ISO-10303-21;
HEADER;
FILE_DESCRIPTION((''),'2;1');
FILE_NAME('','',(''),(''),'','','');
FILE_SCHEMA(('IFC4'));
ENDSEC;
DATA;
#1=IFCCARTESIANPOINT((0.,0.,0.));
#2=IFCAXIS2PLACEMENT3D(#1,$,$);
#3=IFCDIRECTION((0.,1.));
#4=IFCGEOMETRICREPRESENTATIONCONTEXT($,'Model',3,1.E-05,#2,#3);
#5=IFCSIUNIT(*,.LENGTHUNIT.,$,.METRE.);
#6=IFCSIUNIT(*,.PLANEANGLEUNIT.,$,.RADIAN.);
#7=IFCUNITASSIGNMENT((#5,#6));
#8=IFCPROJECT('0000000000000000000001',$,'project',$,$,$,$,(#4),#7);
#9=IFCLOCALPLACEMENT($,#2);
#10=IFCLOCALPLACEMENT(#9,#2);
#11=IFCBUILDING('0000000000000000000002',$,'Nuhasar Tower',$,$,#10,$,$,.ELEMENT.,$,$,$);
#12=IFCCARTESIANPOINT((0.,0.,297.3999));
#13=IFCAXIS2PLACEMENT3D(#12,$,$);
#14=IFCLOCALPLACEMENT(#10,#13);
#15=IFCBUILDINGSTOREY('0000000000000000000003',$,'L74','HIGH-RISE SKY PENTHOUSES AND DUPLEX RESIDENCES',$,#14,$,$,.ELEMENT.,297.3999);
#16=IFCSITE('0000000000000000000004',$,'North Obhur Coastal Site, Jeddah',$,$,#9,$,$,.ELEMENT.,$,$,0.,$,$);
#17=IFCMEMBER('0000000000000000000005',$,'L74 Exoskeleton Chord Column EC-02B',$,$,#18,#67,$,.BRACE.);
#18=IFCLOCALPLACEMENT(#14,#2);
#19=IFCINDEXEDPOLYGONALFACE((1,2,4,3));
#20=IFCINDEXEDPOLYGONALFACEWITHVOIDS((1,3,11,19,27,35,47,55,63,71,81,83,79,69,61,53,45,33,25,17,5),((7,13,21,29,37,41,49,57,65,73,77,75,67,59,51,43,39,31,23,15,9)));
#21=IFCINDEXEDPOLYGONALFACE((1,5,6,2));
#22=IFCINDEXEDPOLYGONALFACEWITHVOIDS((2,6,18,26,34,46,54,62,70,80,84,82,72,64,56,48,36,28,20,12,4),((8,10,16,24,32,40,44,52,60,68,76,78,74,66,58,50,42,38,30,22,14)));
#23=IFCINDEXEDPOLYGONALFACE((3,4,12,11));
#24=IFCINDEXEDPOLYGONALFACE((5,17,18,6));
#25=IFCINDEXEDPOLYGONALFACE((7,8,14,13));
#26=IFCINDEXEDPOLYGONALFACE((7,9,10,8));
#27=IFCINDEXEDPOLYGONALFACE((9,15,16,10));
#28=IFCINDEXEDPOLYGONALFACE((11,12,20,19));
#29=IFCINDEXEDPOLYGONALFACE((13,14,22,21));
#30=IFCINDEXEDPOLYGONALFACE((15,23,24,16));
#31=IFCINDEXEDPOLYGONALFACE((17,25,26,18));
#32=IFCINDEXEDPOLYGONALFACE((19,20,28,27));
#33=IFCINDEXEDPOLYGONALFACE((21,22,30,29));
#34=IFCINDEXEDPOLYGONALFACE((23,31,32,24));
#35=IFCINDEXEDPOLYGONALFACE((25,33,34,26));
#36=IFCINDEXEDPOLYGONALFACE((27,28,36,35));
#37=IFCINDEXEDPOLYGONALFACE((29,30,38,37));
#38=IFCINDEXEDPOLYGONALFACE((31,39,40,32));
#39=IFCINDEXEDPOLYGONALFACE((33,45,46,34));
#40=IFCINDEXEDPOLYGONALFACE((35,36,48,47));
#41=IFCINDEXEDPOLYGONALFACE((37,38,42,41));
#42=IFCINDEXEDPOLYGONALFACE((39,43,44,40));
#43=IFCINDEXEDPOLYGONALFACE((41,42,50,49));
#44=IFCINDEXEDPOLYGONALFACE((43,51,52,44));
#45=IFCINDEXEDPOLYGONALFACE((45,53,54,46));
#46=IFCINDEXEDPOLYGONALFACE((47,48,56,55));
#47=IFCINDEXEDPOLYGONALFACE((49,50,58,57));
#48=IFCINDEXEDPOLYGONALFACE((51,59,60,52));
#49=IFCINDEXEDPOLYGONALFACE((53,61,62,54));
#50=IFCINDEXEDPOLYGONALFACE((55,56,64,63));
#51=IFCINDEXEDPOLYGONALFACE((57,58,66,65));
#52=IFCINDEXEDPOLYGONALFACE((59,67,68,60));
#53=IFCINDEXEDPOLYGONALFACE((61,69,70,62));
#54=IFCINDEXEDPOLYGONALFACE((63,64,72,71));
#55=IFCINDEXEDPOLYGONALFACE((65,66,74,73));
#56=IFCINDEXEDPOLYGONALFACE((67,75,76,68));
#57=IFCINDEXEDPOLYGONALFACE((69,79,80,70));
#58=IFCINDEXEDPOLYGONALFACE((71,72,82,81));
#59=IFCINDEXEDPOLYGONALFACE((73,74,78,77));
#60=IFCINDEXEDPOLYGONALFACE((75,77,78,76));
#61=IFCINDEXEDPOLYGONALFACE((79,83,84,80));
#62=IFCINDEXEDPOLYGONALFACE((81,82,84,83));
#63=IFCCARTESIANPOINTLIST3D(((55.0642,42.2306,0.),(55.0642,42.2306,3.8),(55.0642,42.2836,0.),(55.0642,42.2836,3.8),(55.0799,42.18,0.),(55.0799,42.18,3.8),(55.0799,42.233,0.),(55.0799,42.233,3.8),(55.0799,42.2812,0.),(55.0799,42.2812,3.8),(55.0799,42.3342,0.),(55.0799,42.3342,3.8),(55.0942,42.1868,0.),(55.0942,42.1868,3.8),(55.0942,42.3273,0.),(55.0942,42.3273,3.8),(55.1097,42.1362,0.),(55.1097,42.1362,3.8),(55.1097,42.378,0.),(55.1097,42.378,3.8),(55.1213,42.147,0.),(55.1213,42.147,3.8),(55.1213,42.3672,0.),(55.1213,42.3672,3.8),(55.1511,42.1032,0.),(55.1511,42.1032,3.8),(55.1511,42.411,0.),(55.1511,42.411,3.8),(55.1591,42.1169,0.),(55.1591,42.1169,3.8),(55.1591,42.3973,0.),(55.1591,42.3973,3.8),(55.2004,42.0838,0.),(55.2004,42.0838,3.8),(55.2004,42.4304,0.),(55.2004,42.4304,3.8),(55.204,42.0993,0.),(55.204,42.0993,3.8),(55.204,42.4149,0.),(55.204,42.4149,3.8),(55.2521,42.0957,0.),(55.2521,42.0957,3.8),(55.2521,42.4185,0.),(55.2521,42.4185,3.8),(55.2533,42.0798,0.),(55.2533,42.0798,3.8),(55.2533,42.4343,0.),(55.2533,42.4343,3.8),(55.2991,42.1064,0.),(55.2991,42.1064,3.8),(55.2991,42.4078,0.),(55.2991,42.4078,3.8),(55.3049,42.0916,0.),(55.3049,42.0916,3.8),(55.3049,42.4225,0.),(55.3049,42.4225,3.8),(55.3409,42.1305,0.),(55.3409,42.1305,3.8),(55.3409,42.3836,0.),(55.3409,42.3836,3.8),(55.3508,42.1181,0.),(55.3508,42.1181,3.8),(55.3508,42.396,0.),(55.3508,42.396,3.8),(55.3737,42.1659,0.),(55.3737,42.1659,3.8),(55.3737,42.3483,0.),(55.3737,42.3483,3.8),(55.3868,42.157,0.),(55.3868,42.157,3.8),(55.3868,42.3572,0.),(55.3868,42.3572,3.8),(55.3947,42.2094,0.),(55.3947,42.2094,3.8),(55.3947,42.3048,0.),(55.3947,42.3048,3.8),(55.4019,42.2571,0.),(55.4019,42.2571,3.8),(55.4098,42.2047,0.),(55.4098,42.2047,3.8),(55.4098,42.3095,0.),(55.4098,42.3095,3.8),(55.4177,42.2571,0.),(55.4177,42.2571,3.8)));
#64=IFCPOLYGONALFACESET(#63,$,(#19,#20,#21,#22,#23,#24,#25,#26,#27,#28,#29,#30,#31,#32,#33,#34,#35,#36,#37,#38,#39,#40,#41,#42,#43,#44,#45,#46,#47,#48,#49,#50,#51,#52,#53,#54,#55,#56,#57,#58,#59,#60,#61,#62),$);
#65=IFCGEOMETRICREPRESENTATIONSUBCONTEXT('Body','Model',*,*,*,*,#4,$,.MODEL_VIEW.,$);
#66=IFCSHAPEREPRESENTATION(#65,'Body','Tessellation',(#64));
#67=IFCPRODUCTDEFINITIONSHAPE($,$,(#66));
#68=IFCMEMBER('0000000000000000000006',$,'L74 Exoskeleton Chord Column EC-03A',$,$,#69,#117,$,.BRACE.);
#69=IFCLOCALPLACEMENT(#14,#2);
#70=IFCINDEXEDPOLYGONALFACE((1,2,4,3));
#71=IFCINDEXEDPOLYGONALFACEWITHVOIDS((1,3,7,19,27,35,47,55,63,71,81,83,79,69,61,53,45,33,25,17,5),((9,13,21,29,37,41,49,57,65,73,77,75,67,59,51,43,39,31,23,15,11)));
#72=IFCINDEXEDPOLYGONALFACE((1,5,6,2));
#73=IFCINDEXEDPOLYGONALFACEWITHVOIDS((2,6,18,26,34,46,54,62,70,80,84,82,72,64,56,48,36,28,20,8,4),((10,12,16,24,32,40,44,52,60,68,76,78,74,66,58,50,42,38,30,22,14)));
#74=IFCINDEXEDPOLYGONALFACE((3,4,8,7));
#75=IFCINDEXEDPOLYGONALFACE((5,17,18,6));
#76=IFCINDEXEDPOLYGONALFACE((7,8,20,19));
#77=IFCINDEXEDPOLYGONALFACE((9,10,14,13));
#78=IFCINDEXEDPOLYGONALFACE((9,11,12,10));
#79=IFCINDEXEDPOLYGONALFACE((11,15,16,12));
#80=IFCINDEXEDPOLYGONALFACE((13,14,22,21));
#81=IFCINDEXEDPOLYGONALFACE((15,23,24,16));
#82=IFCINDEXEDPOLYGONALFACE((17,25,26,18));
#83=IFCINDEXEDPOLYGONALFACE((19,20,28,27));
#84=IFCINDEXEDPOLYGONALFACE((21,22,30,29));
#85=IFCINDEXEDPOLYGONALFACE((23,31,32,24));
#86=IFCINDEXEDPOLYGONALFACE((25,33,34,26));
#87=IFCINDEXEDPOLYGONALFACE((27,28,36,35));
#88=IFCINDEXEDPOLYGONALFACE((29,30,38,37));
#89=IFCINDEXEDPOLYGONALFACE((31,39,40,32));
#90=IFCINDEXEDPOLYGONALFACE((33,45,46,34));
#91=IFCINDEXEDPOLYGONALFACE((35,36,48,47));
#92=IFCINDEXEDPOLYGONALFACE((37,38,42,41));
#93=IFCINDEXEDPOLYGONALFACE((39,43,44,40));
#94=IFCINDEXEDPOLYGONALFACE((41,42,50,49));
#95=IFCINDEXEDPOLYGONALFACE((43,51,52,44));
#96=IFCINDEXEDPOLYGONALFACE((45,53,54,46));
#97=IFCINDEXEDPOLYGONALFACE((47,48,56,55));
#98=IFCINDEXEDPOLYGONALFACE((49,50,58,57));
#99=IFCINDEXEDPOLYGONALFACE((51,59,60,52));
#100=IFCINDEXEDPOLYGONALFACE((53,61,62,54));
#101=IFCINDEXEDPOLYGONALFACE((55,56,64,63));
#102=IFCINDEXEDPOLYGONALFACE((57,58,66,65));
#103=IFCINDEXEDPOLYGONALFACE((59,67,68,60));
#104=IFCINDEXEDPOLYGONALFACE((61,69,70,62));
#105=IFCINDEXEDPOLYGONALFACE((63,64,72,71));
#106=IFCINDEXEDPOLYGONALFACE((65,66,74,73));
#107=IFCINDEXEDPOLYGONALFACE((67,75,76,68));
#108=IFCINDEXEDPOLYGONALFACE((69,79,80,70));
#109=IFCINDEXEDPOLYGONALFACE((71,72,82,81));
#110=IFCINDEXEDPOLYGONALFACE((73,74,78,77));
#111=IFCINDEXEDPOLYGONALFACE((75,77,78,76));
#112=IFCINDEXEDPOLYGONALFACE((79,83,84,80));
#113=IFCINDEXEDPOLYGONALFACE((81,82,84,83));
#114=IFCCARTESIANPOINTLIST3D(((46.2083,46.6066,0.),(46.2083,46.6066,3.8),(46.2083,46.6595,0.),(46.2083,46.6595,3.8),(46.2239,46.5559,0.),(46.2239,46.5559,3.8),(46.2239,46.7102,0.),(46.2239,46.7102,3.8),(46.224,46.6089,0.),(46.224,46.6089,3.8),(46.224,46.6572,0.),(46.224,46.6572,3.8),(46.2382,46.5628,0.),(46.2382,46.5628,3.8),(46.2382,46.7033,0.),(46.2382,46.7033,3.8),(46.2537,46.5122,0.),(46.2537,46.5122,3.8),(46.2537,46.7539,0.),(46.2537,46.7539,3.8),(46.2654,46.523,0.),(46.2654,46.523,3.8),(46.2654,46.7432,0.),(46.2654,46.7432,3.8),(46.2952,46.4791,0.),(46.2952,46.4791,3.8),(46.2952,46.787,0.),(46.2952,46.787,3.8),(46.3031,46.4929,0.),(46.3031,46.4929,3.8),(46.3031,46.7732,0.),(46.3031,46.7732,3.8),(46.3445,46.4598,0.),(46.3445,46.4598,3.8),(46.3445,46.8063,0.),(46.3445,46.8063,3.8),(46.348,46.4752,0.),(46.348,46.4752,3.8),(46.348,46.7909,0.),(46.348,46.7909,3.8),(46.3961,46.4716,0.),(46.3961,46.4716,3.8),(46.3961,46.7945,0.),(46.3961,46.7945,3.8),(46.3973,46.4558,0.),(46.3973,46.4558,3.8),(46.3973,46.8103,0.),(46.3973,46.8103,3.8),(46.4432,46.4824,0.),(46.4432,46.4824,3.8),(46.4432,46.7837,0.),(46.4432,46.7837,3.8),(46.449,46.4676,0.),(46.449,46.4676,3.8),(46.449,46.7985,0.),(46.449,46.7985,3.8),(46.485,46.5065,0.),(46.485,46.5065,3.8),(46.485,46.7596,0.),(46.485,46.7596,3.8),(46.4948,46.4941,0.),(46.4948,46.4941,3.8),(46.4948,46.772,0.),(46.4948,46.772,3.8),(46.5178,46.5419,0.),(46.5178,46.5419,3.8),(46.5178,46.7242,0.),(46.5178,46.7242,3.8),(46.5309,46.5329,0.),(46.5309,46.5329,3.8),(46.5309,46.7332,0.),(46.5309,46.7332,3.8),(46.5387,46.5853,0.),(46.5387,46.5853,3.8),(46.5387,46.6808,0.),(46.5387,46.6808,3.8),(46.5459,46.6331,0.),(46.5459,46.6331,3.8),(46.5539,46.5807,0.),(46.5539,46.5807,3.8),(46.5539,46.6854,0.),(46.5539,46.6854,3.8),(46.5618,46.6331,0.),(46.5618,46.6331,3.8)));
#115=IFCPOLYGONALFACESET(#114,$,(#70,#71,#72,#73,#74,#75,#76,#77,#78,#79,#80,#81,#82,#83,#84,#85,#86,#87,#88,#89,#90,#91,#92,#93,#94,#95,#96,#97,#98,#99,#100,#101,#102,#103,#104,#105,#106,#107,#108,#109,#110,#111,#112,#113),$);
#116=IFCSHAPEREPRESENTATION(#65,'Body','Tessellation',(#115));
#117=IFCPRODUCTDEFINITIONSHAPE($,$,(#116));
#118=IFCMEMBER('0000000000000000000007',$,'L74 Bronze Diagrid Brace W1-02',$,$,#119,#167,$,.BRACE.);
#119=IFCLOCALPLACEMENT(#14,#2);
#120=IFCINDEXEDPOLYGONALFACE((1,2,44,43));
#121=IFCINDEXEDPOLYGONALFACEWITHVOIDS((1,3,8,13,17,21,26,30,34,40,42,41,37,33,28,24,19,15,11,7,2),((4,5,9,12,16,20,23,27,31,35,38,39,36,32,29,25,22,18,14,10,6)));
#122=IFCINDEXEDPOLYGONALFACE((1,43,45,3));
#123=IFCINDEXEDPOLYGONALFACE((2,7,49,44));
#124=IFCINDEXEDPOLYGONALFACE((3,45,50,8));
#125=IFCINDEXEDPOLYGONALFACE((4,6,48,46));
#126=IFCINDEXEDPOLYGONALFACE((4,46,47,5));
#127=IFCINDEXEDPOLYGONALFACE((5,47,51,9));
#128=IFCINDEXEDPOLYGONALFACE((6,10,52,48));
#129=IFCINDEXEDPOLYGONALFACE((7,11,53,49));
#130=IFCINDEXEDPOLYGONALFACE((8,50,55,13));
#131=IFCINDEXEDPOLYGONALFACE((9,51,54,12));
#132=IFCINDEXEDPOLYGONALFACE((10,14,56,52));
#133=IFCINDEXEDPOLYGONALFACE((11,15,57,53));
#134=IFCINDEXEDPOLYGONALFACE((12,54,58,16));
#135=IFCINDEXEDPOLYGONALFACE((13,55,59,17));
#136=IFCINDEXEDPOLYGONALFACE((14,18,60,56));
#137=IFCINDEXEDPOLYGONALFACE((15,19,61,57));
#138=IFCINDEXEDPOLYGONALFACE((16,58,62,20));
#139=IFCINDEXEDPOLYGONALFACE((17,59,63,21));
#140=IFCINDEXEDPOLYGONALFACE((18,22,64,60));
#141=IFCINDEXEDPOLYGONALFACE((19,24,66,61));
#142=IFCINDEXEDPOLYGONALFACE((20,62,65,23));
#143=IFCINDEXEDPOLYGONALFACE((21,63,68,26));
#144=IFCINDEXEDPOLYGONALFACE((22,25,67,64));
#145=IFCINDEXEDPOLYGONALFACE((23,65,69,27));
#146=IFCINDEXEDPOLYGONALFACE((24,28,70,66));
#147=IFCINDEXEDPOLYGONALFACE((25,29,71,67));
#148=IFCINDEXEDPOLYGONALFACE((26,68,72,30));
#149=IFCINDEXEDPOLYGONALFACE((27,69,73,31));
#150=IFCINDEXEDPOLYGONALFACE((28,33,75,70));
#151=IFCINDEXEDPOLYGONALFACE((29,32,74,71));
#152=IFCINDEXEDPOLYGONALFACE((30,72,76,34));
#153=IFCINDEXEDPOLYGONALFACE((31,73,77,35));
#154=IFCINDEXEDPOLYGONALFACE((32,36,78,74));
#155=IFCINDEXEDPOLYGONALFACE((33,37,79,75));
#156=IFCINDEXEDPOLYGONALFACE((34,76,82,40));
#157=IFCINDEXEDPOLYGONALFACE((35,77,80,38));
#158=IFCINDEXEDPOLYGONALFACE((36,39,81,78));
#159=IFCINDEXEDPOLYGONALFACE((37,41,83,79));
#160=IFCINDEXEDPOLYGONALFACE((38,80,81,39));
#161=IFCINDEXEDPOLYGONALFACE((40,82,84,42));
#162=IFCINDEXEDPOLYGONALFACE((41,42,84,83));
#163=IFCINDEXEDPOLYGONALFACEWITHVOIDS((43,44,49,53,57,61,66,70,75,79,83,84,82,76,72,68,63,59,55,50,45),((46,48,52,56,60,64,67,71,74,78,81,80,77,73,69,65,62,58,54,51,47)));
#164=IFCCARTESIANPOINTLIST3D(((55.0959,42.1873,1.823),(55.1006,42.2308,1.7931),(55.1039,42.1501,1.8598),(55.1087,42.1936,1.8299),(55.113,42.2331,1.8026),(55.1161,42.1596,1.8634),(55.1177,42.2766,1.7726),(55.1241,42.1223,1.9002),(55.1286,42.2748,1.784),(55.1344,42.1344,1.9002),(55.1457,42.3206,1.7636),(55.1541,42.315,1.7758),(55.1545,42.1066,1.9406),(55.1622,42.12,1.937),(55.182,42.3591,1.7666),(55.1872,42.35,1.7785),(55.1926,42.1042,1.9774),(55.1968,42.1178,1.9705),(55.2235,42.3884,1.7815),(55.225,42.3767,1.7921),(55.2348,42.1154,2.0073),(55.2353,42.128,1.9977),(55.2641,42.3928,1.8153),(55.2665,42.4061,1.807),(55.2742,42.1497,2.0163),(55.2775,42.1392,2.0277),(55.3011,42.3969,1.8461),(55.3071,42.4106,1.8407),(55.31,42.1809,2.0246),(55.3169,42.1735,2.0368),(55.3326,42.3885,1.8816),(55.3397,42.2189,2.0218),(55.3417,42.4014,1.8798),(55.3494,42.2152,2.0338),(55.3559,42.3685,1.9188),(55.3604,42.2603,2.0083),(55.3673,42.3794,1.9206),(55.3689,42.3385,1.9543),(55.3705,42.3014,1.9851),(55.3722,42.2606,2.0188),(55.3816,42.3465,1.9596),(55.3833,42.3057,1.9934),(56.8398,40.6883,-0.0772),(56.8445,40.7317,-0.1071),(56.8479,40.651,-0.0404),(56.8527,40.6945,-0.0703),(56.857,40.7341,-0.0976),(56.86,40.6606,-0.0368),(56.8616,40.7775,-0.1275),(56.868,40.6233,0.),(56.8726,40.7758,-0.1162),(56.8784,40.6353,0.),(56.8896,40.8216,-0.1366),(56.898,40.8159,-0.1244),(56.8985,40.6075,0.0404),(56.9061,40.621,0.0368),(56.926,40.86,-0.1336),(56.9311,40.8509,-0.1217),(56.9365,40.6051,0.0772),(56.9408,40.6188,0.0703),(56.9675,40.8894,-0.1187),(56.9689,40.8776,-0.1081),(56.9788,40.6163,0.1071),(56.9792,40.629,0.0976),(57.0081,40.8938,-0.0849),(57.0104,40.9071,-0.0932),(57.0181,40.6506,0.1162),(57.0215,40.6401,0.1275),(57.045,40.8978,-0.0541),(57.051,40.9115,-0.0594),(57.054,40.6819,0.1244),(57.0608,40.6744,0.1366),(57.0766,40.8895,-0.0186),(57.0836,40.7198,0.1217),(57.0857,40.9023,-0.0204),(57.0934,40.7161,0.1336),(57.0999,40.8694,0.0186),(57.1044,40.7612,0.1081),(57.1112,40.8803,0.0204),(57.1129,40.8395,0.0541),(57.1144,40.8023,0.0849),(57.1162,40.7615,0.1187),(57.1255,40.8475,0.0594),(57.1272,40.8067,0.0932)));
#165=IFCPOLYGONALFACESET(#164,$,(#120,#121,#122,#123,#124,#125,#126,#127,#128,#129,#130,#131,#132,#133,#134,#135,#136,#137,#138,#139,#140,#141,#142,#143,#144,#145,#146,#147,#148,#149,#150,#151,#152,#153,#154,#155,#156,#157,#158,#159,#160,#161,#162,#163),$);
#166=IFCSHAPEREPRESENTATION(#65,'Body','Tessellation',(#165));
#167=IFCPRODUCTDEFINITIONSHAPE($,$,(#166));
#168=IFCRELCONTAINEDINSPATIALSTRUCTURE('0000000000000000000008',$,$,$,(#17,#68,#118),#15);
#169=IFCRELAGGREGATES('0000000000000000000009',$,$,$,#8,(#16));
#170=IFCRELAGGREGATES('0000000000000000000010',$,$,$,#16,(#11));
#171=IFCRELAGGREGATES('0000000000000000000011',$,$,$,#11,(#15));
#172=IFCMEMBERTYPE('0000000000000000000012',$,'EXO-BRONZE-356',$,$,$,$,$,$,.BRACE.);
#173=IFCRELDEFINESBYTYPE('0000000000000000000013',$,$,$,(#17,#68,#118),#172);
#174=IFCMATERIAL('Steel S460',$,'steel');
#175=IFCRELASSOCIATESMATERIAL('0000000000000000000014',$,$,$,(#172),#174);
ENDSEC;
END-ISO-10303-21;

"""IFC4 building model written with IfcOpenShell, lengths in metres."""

from ifc_helpers import new_model, si_unit, direction, frame, origin, origin_2d, place, context, subcontext, project, spatial, hollow_circle, extrude, material, material_profile, profile_set, type_object, element, save


model = new_model("IFC4")

# Units and contexts
model_context = context("Model", 3, precision=1e-05, world=origin(), true_north=direction((0.0, 1.0)))
body_context = subcontext(model_context, "Body", "Model", "MODEL_VIEW")
ifc_project = project(units=[si_unit("LENGTHUNIT", "METRE"), si_unit("PLANEANGLEUNIT", "RADIAN")], contexts=[model_context])

# Site, building, storey
site_placement = place(None, origin())
site = spatial("IfcSite", under=ifc_project, at=site_placement, Name="North Obhur Coastal Site, Jeddah", CompositionType="ELEMENT", RefElevation=0.0)
building_placement = place(site_placement, origin())
building = spatial("IfcBuilding", under=site, at=building_placement, Name="Nuhasar Tower", CompositionType="ELEMENT")
storey_placement = place(building_placement, frame((0.0, 0.0, 297.3999)))
storey = spatial("IfcBuildingStorey", under=building, at=storey_placement, Name="L74", Description="HIGH-RISE SKY PENTHOUSES AND DUPLEX RESIDENCES", CompositionType="ELEMENT", Elevation=297.3999)

# Members
ifc_material_1 = material(Name="Steel S460", Category="steel")
ifc_material_profile_1 = material_profile(ifc_material_1, hollow_circle(Radius=0.1777, WallThickness=0.0159, at=origin_2d()), Name="HSS355.6X15.9")
ifc_profile_set_1 = profile_set([ifc_material_profile_1], Name="Steel S460")
member_type_1 = type_object("IfcMemberType", Name="EXO-BRONZE-356", PredefinedType="BRACE", material=ifc_profile_set_1)
for number, where, z_axis, x_axis, name in (
    (1, (55.24, 42.2571, 0.0), (0.0, 0.0, 1.0), (1.0, 0.0, 0.0), "L74 Exoskeleton Chord Column EC-02B"),
    (2, (46.384, 46.6331, 0.0), (0.0, 0.0, 1.0), (1.0, 0.0, 0.0), "L74 Exoskeleton Chord Column EC-03A"),
):
    element("IfcMember", number, at=place(storey_placement, frame(where, z_axis=z_axis, x_axis=x_axis)), inside=storey, type_object=member_type_1, Name=name, PredefinedType="BRACE", context=body_context, shape_type="SweptSolid", body=[
        extrude(hollow_circle(Radius=0.1777, WallThickness=0.0159, at=origin_2d()), origin(), (0.0, 0.0, 1.0), 3.8),
    ])
member_1_placement = place(storey_placement, frame((56.9839, 40.7581, 0.0), z_axis=(-0.584595, 0.502508, 0.636973), x_axis=(-0.651857, -0.758342, 0.0)))
element("IfcMember", 3, at=member_1_placement, inside=storey, type_object=member_type_1, Name="L74 Bronze Diagrid Brace W1-02", PredefinedType="BRACE", context=body_context, shape_type="SweptSolid", body=[
    extrude(hollow_circle(Radius=0.1777, WallThickness=0.0159, at=origin_2d()), origin(), (0.0, 0.0, 1.0), 2.9832),
])

save(model, "model.ifc")
